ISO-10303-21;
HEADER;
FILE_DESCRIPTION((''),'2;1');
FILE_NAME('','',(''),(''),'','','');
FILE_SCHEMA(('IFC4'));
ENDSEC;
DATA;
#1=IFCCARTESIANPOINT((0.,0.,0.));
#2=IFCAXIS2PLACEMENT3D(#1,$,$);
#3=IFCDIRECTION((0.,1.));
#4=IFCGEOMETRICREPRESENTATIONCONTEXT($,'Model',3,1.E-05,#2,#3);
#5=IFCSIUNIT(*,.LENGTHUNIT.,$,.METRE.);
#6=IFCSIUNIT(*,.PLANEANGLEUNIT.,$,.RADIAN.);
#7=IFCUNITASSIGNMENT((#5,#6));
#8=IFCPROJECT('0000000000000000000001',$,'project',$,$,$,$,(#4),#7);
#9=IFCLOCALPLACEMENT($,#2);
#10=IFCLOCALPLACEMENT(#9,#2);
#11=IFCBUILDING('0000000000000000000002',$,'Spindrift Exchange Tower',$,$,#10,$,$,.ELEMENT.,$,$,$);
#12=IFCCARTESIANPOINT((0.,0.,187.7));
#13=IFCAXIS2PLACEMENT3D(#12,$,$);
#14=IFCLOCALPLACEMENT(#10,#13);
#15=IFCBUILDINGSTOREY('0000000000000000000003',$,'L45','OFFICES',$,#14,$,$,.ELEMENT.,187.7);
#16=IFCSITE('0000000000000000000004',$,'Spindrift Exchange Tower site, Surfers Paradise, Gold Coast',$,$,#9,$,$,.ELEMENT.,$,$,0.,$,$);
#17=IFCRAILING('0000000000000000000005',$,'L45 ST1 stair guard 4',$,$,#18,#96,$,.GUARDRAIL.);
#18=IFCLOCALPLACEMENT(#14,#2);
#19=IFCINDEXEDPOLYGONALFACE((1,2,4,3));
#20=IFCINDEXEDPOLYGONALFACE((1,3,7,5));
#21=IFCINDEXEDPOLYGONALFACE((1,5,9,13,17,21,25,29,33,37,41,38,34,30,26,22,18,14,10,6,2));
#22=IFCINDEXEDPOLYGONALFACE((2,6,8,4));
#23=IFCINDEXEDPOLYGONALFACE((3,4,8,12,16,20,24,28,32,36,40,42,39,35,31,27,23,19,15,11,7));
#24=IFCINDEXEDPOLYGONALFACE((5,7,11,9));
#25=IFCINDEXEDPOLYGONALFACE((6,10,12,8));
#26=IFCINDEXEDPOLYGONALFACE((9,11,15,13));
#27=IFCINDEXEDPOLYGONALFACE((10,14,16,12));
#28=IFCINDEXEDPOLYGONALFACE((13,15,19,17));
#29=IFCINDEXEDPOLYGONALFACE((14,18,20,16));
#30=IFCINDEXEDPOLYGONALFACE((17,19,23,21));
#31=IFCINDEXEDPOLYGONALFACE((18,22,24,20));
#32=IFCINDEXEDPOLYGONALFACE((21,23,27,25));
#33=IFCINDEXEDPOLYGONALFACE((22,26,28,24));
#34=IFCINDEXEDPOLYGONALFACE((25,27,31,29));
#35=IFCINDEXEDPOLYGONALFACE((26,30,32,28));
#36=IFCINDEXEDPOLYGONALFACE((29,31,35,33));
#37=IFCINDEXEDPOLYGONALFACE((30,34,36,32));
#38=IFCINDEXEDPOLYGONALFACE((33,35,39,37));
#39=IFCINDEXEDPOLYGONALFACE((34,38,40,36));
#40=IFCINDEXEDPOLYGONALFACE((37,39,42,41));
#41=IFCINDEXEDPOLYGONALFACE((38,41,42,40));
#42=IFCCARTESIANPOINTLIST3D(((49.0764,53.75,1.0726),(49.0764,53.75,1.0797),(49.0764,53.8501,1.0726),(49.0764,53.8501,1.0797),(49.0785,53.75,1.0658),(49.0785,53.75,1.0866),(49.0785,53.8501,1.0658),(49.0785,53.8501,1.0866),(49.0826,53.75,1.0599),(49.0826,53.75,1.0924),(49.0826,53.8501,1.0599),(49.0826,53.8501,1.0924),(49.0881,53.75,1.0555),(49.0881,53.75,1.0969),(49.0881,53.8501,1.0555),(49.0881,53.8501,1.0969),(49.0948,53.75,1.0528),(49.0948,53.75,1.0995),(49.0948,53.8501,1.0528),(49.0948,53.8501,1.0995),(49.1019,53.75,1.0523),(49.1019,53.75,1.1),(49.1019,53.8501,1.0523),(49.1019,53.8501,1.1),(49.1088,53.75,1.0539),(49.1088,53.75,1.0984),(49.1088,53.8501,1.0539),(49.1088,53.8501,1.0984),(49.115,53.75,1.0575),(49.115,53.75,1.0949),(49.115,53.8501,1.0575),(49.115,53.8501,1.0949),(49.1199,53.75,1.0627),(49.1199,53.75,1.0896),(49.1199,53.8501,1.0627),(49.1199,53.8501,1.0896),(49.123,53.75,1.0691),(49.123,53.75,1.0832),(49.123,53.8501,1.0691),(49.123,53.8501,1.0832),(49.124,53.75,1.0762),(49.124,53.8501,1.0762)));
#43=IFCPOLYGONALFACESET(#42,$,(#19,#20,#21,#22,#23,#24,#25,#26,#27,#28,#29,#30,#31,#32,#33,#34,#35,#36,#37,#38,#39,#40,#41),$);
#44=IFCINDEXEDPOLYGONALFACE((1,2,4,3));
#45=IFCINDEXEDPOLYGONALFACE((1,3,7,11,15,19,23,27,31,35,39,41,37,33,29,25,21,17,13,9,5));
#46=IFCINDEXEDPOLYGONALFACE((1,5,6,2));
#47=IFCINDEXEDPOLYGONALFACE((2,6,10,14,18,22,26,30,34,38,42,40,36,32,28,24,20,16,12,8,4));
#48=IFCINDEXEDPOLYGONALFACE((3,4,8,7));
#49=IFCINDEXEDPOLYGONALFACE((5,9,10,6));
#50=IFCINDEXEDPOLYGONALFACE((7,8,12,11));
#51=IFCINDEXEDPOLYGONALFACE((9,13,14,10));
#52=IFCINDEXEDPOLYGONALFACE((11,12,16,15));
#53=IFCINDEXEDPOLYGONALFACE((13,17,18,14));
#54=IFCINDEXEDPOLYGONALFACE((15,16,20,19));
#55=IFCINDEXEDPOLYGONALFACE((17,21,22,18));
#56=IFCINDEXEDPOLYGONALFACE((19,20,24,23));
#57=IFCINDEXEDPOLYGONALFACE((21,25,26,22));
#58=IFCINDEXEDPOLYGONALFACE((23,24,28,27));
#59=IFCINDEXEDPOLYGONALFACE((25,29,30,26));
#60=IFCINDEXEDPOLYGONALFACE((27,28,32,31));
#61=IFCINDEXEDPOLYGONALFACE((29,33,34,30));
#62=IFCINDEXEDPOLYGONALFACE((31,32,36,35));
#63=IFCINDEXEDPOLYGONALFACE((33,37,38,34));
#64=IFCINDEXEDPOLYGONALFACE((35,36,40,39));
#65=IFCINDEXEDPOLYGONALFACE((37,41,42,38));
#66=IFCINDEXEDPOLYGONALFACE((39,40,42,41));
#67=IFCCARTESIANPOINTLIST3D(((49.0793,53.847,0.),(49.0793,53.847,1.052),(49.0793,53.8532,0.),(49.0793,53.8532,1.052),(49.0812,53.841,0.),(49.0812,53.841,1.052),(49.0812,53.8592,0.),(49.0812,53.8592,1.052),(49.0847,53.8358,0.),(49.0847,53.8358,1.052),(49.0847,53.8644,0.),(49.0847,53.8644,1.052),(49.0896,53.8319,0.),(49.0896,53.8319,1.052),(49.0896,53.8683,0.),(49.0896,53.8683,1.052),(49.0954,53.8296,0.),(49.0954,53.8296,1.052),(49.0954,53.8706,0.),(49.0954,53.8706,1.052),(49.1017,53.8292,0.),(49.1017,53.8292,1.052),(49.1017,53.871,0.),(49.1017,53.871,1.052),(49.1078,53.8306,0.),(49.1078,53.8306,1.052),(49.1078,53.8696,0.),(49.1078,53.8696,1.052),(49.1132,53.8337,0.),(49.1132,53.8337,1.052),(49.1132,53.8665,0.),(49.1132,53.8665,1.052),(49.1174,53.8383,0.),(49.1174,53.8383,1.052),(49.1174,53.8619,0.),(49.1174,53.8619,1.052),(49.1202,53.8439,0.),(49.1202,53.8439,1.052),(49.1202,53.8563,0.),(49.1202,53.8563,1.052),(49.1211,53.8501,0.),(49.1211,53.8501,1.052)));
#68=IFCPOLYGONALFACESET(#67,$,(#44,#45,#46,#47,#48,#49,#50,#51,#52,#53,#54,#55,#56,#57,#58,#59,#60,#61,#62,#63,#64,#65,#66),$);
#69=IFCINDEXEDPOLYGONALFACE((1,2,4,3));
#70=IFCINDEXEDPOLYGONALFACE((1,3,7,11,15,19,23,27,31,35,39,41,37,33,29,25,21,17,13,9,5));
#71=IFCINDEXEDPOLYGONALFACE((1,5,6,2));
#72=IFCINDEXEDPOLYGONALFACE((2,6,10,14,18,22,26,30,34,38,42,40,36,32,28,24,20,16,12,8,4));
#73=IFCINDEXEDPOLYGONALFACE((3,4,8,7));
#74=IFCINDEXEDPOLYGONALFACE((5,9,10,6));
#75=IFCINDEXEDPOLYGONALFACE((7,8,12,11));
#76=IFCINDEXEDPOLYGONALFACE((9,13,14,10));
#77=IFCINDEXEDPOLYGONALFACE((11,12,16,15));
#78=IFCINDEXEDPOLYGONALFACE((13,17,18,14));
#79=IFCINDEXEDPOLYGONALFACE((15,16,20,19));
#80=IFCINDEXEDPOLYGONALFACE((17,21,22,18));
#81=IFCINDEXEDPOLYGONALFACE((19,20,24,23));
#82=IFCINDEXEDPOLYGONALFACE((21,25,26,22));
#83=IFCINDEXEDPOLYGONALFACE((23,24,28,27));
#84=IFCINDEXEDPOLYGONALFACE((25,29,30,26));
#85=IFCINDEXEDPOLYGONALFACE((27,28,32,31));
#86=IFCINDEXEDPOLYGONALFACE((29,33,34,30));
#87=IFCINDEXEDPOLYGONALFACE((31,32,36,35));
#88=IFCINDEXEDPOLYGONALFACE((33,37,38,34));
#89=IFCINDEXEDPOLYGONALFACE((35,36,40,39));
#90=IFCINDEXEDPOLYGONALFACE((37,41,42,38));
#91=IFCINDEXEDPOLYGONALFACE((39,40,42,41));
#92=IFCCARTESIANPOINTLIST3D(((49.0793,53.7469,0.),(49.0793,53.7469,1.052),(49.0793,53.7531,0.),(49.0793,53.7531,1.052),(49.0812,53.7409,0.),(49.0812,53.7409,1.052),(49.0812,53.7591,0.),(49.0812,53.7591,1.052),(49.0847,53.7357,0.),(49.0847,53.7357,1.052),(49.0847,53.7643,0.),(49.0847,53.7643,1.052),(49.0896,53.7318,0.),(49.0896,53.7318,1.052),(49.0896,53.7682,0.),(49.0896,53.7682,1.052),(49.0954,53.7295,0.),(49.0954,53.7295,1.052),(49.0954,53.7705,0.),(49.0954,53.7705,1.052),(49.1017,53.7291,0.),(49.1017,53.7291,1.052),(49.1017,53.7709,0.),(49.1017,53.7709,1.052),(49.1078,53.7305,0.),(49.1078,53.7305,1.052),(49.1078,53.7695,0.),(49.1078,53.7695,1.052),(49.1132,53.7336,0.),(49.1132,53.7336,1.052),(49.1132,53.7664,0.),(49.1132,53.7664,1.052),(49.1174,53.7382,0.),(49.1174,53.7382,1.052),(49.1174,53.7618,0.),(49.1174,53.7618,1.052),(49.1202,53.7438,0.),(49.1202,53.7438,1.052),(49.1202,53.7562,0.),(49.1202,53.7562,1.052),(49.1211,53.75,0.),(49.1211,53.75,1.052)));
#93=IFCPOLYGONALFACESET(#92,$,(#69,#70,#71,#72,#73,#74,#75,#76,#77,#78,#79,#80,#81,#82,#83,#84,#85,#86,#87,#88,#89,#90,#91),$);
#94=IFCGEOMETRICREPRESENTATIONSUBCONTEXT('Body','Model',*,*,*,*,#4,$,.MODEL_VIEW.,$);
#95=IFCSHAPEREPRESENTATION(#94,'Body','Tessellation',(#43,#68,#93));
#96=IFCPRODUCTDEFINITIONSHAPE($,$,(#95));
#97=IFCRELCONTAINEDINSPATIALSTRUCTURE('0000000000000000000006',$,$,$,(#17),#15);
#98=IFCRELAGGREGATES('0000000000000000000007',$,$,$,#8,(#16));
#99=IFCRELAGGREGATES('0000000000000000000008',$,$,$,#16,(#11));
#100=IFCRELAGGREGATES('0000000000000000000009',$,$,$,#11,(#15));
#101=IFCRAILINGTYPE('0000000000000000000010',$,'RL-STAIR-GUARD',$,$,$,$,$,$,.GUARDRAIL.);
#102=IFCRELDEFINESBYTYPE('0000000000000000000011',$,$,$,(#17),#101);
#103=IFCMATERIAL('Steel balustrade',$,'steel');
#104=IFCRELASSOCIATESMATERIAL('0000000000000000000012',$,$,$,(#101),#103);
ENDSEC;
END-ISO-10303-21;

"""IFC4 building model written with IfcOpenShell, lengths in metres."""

from ifc_helpers import new_model, si_unit, direction, frame, origin, origin_2d, place, context, subcontext, project, spatial, circle, extrude, material, type_object, element, save


model = new_model("IFC4")

# Units and contexts
model_context = context("Model", 3, precision=1e-05, world=origin(), true_north=direction((0.0, 1.0)))
body_context = subcontext(model_context, "Body", "Model", "MODEL_VIEW")
ifc_project = project(units=[si_unit("LENGTHUNIT", "METRE"), si_unit("PLANEANGLEUNIT", "RADIAN")], contexts=[model_context])

# Site, building, storey
site_placement = place(None, origin())
site = spatial("IfcSite", under=ifc_project, at=site_placement, Name="Spindrift Exchange Tower site, Surfers Paradise, Gold Coast", CompositionType="ELEMENT", RefElevation=0.0)
building_placement = place(site_placement, origin())
building = spatial("IfcBuilding", under=site, at=building_placement, Name="Spindrift Exchange Tower", CompositionType="ELEMENT")
storey_placement = place(building_placement, frame((0.0, 0.0, 187.7)))
storey = spatial("IfcBuildingStorey", under=building, at=storey_placement, Name="L45", Description="OFFICES", CompositionType="ELEMENT", Elevation=187.7)

# Railing
ifc_material_1 = material(Name="Steel balustrade", Category="steel")
railing_type_1 = type_object("IfcRailingType", Name="RL-STAIR-GUARD", PredefinedType="GUARDRAIL", material=ifc_material_1)
railing_1_placement = place(storey_placement, frame((49.1001, 53.8501, 0.0)))
element("IfcRailing", 1, at=railing_1_placement, inside=storey, type_object=railing_type_1, Name="L45 ST1 stair guard 4", PredefinedType="GUARDRAIL", context=body_context, shape_type="SweptSolid", body=[
    extrude(circle(Radius=0.0239, at=origin_2d()), frame((0.0, 0.0, 1.0762), z_axis=(0.0, -1.0, 0.0), x_axis=(1.0, 0.0, 0.0)), (0.0, 0.0, 1.0), 0.1001),
    extrude(circle(Radius=0.021, at=origin_2d()), origin(), (0.0, 0.0, 1.0), 1.052),
    extrude(circle(Radius=0.021, at=origin_2d()), frame((0.0, -0.1001, 0.0)), (0.0, 0.0, 1.0), 1.052),
])

save(model, "model.ifc")
